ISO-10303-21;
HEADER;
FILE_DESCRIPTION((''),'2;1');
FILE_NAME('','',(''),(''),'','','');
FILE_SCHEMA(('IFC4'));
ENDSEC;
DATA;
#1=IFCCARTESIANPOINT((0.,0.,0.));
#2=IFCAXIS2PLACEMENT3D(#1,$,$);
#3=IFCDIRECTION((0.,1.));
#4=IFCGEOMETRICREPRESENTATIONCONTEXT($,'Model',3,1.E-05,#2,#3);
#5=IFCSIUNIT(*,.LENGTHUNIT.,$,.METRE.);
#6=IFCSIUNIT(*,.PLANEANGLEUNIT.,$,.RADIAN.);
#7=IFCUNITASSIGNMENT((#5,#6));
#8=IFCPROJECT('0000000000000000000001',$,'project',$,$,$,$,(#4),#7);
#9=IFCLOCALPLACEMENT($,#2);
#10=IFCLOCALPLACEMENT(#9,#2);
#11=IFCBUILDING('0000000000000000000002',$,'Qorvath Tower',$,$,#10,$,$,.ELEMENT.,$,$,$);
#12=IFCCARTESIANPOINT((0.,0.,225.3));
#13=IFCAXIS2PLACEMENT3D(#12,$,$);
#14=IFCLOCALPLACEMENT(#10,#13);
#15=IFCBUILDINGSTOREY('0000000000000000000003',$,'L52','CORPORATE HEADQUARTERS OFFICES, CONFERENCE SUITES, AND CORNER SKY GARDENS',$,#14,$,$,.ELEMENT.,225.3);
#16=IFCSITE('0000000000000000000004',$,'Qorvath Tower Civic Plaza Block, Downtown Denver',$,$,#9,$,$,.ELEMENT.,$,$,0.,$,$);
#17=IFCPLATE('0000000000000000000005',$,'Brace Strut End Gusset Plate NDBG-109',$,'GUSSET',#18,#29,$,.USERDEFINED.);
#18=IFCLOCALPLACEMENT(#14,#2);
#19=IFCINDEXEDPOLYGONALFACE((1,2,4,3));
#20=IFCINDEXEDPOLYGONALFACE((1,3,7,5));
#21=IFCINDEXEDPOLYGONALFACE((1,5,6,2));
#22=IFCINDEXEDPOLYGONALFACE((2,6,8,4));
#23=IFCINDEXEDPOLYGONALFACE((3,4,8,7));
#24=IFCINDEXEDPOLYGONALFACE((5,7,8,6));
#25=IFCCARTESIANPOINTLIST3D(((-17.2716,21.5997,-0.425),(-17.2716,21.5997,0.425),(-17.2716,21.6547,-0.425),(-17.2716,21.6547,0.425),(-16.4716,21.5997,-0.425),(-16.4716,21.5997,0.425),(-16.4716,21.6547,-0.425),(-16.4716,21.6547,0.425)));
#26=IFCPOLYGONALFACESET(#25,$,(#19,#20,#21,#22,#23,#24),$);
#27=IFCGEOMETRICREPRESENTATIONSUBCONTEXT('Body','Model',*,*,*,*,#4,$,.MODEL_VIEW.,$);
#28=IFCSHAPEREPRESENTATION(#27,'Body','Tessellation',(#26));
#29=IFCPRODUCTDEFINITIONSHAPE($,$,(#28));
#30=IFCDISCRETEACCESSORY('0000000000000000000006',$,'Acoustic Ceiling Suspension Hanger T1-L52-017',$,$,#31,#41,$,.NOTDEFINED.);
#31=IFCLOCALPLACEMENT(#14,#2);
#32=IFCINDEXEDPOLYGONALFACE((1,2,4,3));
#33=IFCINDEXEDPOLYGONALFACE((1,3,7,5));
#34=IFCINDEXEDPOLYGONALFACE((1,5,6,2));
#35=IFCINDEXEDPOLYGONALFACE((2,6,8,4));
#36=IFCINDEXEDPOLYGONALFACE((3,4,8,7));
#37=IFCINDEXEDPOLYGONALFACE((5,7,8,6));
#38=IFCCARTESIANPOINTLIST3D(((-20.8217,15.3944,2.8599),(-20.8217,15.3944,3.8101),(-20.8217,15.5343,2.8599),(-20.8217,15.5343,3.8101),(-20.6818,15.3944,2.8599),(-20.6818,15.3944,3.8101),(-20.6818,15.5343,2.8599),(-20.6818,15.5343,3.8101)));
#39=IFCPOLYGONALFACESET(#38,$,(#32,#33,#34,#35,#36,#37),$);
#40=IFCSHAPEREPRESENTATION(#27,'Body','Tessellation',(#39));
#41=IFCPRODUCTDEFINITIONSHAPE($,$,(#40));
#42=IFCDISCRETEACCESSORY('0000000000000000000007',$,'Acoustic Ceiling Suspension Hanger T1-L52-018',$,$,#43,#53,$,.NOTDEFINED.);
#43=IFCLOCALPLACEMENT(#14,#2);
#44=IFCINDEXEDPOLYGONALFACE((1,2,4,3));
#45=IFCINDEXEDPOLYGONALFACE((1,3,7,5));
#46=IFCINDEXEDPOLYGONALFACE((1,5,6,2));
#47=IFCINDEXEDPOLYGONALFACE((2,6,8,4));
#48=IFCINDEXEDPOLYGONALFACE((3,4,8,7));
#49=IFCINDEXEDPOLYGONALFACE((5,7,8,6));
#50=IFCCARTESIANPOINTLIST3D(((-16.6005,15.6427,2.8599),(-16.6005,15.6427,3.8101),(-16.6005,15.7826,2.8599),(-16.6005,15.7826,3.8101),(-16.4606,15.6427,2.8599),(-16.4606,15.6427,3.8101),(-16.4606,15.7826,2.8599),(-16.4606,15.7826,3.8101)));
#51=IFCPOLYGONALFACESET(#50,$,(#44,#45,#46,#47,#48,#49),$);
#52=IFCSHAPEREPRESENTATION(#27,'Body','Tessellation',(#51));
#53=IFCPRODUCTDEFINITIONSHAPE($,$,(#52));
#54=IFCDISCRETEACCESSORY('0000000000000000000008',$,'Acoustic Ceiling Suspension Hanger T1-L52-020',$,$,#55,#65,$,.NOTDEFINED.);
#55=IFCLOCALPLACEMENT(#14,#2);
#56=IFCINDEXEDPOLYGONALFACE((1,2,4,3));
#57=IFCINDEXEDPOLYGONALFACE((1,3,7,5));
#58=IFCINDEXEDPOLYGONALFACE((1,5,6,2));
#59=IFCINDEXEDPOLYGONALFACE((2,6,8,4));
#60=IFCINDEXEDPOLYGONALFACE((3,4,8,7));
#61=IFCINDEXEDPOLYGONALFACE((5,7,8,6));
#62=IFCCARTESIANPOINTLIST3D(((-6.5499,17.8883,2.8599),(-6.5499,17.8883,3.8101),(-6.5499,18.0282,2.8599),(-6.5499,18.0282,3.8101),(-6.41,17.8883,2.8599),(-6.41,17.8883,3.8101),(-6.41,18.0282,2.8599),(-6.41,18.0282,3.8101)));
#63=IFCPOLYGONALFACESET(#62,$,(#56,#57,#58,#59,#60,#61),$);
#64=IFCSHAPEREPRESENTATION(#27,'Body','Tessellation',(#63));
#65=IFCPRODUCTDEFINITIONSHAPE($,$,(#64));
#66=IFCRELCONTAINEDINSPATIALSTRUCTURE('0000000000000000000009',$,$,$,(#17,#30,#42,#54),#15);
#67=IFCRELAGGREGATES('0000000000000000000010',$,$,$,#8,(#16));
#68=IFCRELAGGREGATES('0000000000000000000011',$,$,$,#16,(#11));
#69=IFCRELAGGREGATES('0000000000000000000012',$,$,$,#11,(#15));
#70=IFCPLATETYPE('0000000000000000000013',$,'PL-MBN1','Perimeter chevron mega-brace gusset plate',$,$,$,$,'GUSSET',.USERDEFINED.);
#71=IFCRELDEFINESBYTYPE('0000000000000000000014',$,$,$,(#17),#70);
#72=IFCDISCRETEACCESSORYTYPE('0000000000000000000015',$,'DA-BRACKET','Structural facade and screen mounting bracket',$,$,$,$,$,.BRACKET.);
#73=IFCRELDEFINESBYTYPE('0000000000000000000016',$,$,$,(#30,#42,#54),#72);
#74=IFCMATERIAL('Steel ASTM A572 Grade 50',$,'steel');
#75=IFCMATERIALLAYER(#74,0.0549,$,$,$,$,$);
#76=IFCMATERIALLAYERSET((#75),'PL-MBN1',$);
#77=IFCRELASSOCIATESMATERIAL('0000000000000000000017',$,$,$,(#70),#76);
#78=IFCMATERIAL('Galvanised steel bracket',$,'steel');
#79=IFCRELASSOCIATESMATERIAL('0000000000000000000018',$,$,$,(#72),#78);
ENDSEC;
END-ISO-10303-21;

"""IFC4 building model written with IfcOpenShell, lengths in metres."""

from ifc_helpers import new_model, si_unit, direction, frame, origin, origin_2d, place, context, subcontext, project, spatial, rectangle, extrude, material, layer, layer_set, type_object, element, save


model = new_model("IFC4")

# Units and contexts
model_context = context("Model", 3, precision=1e-05, world=origin(), true_north=direction((0.0, 1.0)))
body_context = subcontext(model_context, "Body", "Model", "MODEL_VIEW")
ifc_project = project(units=[si_unit("LENGTHUNIT", "METRE"), si_unit("PLANEANGLEUNIT", "RADIAN")], contexts=[model_context])

# Site, building, storey
site_placement = place(None, origin())
site = spatial("IfcSite", under=ifc_project, at=site_placement, Name="Qorvath Tower Civic Plaza Block, Downtown Denver", CompositionType="ELEMENT", RefElevation=0.0)
building_placement = place(site_placement, origin())
building = spatial("IfcBuilding", under=site, at=building_placement, Name="Qorvath Tower", CompositionType="ELEMENT")
storey_placement = place(building_placement, frame((0.0, 0.0, 225.3)))
storey = spatial("IfcBuildingStorey", under=building, at=storey_placement, Name="L52", Description="CORPORATE HEADQUARTERS OFFICES, CONFERENCE SUITES, AND CORNER SKY GARDENS", CompositionType="ELEMENT", Elevation=225.3)

# Plate
ifc_material_1 = material(Name="Steel ASTM A572 Grade 50", Category="steel")
ifc_layer_1 = layer(ifc_material_1, 0.0549)
ifc_layer_set_1 = layer_set([ifc_layer_1], Name="PL-MBN1")
plate_type_1 = type_object("IfcPlateType", Name="PL-MBN1", Description="Perimeter chevron mega-brace gusset plate", ElementType="GUSSET", PredefinedType="USERDEFINED", material=ifc_layer_set_1)
plate_1_placement = place(storey_placement, frame((-16.8716, 21.6272, -0.425), z_axis=(0.0, 0.0, 1.0), x_axis=(1.0, 0.0, 0.0)))
element("IfcPlate", 1, at=plate_1_placement, inside=storey, type_object=plate_type_1, Name="Brace Strut End Gusset Plate NDBG-109", ObjectType="GUSSET", PredefinedType="USERDEFINED", context=body_context, shape_type="SweptSolid", body=[
    extrude(rectangle(XDim=0.8, YDim=0.0549, at=origin_2d()), origin(), (0.0, 0.0, 1.0), 0.8501),
])

# Discrete accessories
ifc_material_2 = material(Name="Galvanised steel bracket", Category="steel")
discrete_accessory_type = type_object("IfcDiscreteAccessoryType", Name="DA-BRACKET", Description="Structural facade and screen mounting bracket", PredefinedType="BRACKET", material=ifc_material_2)
for number, where, z_axis, x_axis, name in (
    (2, (-20.7517, 15.4644, 2.8599), (0.0, 0.0, 1.0), (1.0, 0.0, 0.0), "Acoustic Ceiling Suspension Hanger T1-L52-017"),
    (3, (-16.5305, 15.7126, 2.8599), (0.0, 0.0, 1.0), (1.0, 0.0, 0.0), "Acoustic Ceiling Suspension Hanger T1-L52-018"),
    (4, (-6.48, 17.9583, 2.8599), (0.0, 0.0, 1.0), (1.0, 0.0, 0.0), "Acoustic Ceiling Suspension Hanger T1-L52-020"),
):
    element("IfcDiscreteAccessory", number, at=place(storey_placement, frame(where, z_axis=z_axis, x_axis=x_axis)), inside=storey, type_object=discrete_accessory_type, Name=name, PredefinedType="NOTDEFINED", context=body_context, shape_type="SweptSolid", body=[
        extrude(rectangle(XDim=0.1399, YDim=0.1399, at=origin_2d()), origin(), (0.0, 0.0, 1.0), 0.9502),
    ])

save(model, "model.ifc")
